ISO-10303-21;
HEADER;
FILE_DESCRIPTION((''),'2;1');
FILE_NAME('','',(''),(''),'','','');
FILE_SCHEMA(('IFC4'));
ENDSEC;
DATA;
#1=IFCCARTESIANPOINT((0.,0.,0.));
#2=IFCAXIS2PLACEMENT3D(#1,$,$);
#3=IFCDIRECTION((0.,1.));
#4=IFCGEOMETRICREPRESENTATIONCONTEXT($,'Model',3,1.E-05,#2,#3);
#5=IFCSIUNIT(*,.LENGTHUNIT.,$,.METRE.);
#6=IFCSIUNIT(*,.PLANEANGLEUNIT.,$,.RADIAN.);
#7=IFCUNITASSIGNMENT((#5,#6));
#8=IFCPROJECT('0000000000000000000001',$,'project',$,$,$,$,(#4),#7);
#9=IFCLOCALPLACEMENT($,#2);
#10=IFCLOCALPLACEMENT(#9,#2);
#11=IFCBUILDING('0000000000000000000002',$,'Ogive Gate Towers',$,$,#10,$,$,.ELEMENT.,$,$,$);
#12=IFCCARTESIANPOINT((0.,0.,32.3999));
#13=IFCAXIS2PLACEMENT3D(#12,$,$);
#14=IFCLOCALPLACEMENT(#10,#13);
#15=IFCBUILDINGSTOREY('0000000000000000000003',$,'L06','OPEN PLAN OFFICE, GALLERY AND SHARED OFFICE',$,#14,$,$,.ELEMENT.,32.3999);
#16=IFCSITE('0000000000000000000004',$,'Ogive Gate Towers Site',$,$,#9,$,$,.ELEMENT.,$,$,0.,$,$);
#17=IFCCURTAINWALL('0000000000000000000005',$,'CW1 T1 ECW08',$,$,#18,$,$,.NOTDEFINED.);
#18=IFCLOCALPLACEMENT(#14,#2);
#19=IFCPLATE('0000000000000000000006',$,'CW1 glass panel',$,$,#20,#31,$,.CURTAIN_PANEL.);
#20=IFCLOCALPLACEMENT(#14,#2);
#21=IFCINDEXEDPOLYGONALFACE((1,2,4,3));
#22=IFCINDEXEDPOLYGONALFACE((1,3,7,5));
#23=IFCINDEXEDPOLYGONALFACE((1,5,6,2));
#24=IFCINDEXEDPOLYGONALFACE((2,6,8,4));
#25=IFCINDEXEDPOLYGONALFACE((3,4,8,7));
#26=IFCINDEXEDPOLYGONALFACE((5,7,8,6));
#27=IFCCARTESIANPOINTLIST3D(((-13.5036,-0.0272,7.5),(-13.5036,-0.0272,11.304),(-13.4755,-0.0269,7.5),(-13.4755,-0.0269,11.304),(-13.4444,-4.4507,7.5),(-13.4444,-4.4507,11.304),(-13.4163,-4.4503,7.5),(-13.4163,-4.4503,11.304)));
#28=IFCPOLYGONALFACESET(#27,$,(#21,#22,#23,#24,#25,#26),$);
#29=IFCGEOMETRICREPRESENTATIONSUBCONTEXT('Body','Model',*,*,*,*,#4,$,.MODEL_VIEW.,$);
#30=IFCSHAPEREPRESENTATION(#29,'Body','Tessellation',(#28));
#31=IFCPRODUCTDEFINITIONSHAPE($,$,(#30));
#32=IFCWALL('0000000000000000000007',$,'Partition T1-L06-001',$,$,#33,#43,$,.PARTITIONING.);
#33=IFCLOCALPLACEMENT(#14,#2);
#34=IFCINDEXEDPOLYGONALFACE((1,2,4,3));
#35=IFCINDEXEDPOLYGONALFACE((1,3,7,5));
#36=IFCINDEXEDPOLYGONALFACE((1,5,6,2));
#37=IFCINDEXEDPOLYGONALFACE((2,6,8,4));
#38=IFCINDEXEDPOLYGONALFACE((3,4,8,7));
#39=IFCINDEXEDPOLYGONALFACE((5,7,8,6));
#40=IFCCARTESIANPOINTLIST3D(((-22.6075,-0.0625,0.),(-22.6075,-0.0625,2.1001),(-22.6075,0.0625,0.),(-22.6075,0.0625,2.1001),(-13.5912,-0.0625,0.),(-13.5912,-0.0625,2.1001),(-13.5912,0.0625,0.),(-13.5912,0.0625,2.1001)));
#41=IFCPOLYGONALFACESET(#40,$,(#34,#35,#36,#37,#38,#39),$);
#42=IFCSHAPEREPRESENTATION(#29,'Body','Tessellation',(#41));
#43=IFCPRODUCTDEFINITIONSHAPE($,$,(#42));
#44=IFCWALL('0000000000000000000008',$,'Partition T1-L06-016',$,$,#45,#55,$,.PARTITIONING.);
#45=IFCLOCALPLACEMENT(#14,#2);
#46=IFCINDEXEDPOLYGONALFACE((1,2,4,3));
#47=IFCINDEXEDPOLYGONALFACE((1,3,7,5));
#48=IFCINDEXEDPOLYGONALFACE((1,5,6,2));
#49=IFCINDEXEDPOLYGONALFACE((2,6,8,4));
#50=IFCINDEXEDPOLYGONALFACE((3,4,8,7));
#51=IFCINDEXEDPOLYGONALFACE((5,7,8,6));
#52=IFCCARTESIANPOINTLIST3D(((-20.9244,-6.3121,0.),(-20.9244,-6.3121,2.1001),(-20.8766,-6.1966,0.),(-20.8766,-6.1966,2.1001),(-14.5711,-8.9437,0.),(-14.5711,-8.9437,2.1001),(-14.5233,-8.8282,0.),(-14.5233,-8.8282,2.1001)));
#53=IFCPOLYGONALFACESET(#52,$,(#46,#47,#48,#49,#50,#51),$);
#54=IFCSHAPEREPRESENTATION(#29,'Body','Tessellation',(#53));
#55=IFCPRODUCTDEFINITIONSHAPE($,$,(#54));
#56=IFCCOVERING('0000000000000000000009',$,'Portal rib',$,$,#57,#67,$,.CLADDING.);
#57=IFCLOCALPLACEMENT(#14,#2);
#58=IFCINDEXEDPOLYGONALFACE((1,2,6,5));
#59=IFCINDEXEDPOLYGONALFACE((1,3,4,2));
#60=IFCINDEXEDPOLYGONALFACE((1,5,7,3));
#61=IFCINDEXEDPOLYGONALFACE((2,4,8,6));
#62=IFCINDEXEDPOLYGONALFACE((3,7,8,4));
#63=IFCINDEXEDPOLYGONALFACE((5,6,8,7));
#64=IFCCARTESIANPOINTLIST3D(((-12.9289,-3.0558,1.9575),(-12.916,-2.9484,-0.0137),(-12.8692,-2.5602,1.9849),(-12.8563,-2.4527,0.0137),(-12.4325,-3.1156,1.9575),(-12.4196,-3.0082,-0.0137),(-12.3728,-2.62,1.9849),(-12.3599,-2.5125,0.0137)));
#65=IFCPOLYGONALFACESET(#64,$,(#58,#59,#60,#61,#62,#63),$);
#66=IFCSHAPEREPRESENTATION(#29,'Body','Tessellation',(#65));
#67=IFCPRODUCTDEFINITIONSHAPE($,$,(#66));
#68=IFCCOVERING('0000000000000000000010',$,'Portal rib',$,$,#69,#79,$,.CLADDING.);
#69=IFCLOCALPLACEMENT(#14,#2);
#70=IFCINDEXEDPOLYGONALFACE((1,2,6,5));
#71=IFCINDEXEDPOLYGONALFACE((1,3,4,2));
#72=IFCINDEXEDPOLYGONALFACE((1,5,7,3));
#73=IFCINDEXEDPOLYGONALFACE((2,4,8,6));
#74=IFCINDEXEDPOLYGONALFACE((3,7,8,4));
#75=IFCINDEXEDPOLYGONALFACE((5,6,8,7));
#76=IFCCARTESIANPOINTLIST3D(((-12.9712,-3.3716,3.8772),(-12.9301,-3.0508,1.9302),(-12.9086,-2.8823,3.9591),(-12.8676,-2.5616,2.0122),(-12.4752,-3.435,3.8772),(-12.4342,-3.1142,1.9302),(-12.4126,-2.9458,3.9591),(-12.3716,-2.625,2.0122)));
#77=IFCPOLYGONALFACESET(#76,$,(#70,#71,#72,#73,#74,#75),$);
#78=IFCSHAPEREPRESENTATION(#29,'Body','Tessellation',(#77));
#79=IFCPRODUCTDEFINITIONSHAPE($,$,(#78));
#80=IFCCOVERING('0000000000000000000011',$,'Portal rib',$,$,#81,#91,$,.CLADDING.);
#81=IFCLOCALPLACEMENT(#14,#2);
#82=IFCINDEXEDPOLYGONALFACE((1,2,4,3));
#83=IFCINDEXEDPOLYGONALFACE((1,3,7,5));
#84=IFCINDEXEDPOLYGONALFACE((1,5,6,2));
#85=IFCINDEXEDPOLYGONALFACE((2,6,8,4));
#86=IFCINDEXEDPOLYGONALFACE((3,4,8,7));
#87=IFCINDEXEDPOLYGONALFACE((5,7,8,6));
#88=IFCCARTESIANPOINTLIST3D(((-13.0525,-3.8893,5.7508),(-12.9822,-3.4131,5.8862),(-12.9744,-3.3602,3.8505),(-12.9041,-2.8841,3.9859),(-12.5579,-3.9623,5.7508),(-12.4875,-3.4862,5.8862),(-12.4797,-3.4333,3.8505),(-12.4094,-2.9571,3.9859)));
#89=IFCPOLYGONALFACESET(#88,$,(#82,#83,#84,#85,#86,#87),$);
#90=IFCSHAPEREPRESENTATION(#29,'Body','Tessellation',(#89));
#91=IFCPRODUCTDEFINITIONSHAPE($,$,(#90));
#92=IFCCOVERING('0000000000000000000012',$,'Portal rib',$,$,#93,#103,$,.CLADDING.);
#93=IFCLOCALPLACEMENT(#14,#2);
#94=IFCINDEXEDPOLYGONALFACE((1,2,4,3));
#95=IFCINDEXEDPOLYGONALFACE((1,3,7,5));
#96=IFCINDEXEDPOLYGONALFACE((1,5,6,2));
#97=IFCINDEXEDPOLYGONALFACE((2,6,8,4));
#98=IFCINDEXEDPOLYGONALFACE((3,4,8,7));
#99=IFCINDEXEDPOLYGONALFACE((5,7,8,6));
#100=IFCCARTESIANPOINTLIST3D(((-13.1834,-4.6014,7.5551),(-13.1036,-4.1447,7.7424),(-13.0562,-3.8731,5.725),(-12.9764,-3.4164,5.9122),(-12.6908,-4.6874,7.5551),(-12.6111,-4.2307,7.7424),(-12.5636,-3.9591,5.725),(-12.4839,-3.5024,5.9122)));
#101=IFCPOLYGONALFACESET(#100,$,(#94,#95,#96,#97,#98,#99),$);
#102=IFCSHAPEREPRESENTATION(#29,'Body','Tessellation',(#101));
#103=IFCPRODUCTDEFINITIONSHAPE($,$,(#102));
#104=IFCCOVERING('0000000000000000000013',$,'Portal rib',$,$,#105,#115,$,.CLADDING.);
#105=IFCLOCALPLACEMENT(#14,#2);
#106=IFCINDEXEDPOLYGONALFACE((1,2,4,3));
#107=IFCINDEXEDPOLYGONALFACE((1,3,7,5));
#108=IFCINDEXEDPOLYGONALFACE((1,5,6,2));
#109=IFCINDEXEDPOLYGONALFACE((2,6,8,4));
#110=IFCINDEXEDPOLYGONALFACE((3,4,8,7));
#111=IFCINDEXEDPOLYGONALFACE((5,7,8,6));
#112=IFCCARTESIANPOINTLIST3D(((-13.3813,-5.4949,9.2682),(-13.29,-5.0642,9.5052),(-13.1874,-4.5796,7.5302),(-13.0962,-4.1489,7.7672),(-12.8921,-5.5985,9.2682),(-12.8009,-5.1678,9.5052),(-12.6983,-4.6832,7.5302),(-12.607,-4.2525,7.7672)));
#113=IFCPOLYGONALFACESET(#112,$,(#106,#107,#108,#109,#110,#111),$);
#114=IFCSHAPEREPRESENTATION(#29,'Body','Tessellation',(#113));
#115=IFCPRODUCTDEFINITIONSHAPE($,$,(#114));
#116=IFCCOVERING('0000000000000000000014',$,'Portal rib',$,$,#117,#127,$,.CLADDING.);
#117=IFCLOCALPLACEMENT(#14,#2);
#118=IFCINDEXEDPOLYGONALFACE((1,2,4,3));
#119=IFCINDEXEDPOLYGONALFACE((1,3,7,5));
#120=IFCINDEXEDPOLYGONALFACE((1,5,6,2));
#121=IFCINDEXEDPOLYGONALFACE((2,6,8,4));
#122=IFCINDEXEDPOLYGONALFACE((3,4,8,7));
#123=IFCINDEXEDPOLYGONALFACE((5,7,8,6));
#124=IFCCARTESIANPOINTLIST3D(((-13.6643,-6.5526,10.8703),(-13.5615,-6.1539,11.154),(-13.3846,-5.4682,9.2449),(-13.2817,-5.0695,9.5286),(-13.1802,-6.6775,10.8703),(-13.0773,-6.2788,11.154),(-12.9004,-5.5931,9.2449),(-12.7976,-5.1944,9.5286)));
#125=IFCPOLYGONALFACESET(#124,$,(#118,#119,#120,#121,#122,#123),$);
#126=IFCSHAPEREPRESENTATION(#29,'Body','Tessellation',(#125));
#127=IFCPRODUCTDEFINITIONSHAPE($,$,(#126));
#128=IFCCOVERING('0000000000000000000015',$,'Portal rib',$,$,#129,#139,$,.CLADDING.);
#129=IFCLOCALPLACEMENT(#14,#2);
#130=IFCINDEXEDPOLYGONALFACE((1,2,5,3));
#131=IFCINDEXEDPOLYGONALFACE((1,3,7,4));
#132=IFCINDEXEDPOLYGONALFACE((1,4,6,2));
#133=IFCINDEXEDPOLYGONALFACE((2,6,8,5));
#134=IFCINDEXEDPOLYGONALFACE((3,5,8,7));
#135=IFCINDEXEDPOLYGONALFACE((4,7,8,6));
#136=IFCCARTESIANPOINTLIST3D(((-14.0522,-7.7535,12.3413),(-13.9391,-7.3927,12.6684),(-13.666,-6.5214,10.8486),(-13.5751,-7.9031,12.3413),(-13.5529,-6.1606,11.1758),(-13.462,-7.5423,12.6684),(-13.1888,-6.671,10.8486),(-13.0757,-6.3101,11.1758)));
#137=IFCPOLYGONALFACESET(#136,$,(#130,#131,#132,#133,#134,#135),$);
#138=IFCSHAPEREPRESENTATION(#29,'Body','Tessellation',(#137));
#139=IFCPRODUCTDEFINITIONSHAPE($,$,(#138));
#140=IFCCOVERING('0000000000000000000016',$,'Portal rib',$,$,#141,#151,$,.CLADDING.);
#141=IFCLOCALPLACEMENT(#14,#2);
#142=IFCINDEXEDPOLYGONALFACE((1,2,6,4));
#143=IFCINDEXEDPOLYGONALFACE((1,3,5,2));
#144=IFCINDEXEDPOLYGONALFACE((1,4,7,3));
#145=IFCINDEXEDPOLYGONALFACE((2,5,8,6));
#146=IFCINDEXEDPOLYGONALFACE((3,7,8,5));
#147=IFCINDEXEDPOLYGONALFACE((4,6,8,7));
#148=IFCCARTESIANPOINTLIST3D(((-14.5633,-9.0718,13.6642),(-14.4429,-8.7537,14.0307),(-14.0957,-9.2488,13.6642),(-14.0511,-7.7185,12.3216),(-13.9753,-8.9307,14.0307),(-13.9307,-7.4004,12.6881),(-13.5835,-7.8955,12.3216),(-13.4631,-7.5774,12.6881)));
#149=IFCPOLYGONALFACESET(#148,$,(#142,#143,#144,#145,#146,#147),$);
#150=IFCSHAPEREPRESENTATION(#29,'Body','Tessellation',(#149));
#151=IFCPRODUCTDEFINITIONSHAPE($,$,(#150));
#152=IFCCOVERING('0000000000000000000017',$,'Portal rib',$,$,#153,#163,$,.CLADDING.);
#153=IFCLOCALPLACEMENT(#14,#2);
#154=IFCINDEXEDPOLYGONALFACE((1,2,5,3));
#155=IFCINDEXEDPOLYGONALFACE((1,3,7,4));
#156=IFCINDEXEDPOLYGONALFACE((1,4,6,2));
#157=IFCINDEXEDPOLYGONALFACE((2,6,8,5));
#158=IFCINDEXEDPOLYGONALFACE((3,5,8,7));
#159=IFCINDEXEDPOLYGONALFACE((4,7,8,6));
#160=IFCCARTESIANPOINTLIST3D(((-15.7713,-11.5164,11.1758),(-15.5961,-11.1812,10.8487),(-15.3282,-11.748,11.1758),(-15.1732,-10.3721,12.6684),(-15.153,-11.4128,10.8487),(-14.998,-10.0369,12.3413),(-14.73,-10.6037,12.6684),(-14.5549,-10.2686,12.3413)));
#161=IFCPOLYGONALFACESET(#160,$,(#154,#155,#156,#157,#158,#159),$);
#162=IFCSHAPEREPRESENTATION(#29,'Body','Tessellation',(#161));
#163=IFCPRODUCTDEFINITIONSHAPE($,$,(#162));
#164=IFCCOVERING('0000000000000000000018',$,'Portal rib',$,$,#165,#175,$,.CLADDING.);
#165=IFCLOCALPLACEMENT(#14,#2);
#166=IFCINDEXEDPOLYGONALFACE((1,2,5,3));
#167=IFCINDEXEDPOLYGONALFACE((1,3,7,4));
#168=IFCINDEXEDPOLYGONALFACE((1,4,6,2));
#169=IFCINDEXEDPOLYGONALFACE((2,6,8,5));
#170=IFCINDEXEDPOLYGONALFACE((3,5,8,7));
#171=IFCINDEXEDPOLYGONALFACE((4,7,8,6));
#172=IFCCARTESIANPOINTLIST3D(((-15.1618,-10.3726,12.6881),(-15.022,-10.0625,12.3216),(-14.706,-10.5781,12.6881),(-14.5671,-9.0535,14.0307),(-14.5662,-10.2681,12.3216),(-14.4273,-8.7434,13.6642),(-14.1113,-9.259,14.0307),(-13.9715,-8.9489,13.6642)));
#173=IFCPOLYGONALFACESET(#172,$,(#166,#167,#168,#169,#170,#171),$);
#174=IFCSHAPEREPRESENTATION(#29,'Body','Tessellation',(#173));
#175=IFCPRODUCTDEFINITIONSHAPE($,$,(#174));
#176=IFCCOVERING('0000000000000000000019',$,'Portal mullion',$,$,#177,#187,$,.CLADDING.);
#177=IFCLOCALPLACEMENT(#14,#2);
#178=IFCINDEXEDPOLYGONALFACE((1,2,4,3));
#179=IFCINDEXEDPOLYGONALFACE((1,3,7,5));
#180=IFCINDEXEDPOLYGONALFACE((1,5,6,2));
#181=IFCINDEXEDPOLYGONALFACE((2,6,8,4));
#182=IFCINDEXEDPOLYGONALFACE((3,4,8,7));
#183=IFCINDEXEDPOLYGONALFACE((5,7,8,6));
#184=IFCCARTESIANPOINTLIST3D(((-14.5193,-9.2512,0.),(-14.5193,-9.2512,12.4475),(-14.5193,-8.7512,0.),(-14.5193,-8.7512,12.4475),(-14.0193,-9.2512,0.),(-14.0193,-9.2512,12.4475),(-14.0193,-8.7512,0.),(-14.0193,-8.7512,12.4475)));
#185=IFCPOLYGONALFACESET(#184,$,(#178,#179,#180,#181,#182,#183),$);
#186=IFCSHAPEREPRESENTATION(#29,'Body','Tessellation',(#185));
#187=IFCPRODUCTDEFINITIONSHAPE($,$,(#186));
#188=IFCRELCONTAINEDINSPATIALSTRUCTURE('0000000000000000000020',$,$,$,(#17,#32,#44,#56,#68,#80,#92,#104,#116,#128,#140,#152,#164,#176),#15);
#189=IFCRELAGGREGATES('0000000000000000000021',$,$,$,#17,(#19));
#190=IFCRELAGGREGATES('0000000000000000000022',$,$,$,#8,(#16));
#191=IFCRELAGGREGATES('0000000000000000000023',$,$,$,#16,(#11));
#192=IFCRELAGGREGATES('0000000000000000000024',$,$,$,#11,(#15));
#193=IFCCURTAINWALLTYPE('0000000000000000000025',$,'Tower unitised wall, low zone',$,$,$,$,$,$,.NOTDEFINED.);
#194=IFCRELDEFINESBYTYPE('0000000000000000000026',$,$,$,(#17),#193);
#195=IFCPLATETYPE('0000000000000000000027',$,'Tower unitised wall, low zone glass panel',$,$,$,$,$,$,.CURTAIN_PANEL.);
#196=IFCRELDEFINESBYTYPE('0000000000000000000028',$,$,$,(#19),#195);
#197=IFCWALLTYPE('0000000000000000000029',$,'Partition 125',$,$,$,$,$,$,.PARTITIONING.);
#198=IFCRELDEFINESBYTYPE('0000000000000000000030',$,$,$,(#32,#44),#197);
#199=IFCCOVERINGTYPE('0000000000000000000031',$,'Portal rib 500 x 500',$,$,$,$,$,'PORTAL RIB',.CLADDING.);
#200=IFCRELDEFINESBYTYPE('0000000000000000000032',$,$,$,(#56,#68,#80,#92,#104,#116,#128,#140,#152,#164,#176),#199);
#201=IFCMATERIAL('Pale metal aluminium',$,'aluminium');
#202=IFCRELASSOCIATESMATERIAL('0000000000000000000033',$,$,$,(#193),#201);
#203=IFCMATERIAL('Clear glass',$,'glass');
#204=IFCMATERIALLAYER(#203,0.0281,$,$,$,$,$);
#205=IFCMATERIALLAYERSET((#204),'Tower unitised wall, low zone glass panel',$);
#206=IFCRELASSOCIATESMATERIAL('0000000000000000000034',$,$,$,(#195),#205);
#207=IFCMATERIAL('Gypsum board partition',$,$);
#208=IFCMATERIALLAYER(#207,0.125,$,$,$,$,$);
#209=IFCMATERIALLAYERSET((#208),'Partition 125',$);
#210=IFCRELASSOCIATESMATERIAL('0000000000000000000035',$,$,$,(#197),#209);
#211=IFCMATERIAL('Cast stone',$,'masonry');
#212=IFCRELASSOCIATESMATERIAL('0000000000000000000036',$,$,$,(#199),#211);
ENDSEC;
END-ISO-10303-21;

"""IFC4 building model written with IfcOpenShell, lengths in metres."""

from ifc_helpers import new_model, si_unit, direction, frame, frame_2d, origin, origin_2d, place, context, subcontext, project, spatial, rectangle, extrude, material, layer, layer_set, material_profile, profile_set, type_object, element, aggregate, save


model = new_model("IFC4")

# Units and contexts
model_context = context("Model", 3, precision=1e-05, world=origin(), true_north=direction((0.0, 1.0)))
body_context = subcontext(model_context, "Body", "Model", "MODEL_VIEW")
ifc_project = project(units=[si_unit("LENGTHUNIT", "METRE"), si_unit("PLANEANGLEUNIT", "RADIAN")], contexts=[model_context])

# Site, building, storey
site_placement = place(None, origin())
site = spatial("IfcSite", under=ifc_project, at=site_placement, Name="Ogive Gate Towers Site", CompositionType="ELEMENT", RefElevation=0.0)
building_placement = place(site_placement, origin())
building = spatial("IfcBuilding", under=site, at=building_placement, Name="Ogive Gate Towers", CompositionType="ELEMENT")
storey_placement = place(building_placement, frame((0.0, 0.0, 32.3999)))
storey = spatial("IfcBuildingStorey", under=building, at=storey_placement, Name="L06", Description="OPEN PLAN OFFICE, GALLERY AND SHARED OFFICE", CompositionType="ELEMENT", Elevation=32.3999)

# Curtain wall, plate
ifc_material_1 = material(Name="Pale metal aluminium", Category="aluminium")
curtain_wall_type = type_object("IfcCurtainWallType", Name="Tower unitised wall, low zone", PredefinedType="NOTDEFINED", material=ifc_material_1)
curtain_wall_placement = place(storey_placement, origin())
curtain_wall = element("IfcCurtainWall", 1, at=curtain_wall_placement, inside=storey, type_object=curtain_wall_type, Name="CW1 T1 ECW08", PredefinedType="NOTDEFINED")
ifc_material_2 = material(Name="Clear glass", Category="glass")
ifc_layer_1 = layer(ifc_material_2, 0.0281)
ifc_layer_set_1 = layer_set([ifc_layer_1], Name="Tower unitised wall, low zone glass panel")
plate_type = type_object("IfcPlateType", Name="Tower unitised wall, low zone glass panel", PredefinedType="CURTAIN_PANEL", material=ifc_layer_set_1)
plate_1_placement = place(storey_placement, frame((-13.46, -2.2388, 7.5), z_axis=(0.0, 0.0, 1.0), x_axis=(-0.013386, 0.99991, 0.0)))
plate_1 = element("IfcPlate", 2, at=plate_1_placement, type_object=plate_type, Name="CW1 glass panel", PredefinedType="CURTAIN_PANEL", context=body_context, shape_type="SweptSolid", body=[
    extrude(rectangle(XDim=4.4238, YDim=0.0281, at=origin_2d()), origin(), (0.0, 0.0, 1.0), 3.804),
])
aggregate(curtain_wall, [plate_1])

# Walls
ifc_material_3 = material(Name="Gypsum board partition")
ifc_layer_2 = layer(ifc_material_3, 0.125)
ifc_layer_set_2 = layer_set([ifc_layer_2], Name="Partition 125")
wall_type = type_object("IfcWallType", Name="Partition 125", PredefinedType="PARTITIONING", material=ifc_layer_set_2)
wall_1_placement = place(storey_placement, frame((-13.5911, 0.0, 0.0), z_axis=(0.0, 0.0, 1.0), x_axis=(-1.0, 0.0, 0.0)))
element("IfcWall", 3, at=wall_1_placement, inside=storey, type_object=wall_type, Name="Partition T1-L06-001", PredefinedType="PARTITIONING", context=body_context, shape_type="SweptSolid", body=[
    extrude(rectangle(XDim=9.0164, YDim=0.125, at=frame_2d((4.5083, 0.0))), origin(), (0.0, 0.0, 1.0), 2.1001),
])
wall_2_placement = place(storey_placement, frame((-14.5471, -8.886, 0.0), z_axis=(0.0, 0.0, 1.0), x_axis=(-0.923881, 0.382681, 0.0)))
element("IfcWall", 4, at=wall_2_placement, inside=storey, type_object=wall_type, Name="Partition T1-L06-016", PredefinedType="PARTITIONING", context=body_context, shape_type="SweptSolid", body=[
    extrude(rectangle(XDim=6.8767, YDim=0.125, at=frame_2d((3.4385, 0.0))), origin(), (0.0, 0.0, 1.0), 2.1001),
])

# Coverings
ifc_material_4 = material(Name="Cast stone", Category="masonry")
ifc_material_profile_1 = material_profile(ifc_material_4, rectangle(XDim=0.5, YDim=0.5, at=origin_2d()), Name="500 x 500 cast stone")
ifc_profile_set_1 = profile_set([ifc_material_profile_1], Name="Cast stone")
covering_type = type_object("IfcCoveringType", Name="Portal rib 500 x 500", ElementType="PORTAL RIB", PredefinedType="CLADDING", material=ifc_profile_set_1)
covering_1_placement = place(storey_placement, frame((-12.6379, -2.7305, 0.0), z_axis=(-0.006554, -0.054414, 0.998497), x_axis=(0.992823, -0.11959, 0.0)))
element("IfcCovering", 5, at=covering_1_placement, inside=storey, type_object=covering_type, Name="Portal rib", PredefinedType="CLADDING", context=body_context, shape_type="SweptSolid", body=[
    extrude(rectangle(XDim=0.5, YDim=0.5, at=origin_2d()), origin(), (0.0, 0.0, 1.0), 1.9741),
])
covering_2_placement = place(storey_placement, frame((-12.6509, -2.8379, 1.9712), z_axis=(-0.020781, -0.162538, 0.986483), x_axis=(0.991926, -0.126822, 0.0)))
element("IfcCovering", 6, at=covering_2_placement, inside=storey, type_object=covering_type, Name="Portal rib", PredefinedType="CLADDING", context=body_context, shape_type="SweptSolid", body=[
    extrude(rectangle(XDim=0.5, YDim=0.5, at=origin_2d()), origin(), (0.0, 0.0, 1.0), 1.9736),
])
covering_3_placement = place(storey_placement, frame((-12.6919, -3.1587, 3.9182), z_axis=(-0.039573, -0.267983, 0.962611), x_axis=(0.989272, -0.146085, 0.0)))
element("IfcCovering", 7, at=covering_3_placement, inside=storey, type_object=covering_type, Name="Portal rib", PredefinedType="CLADDING", context=body_context, shape_type="SweptSolid", body=[
    extrude(rectangle(XDim=0.5, YDim=0.5, at=origin_2d()), origin(), (0.0, 0.0, 1.0), 1.9741),
])
for number, where, z_axis, x_axis, name in (
    (8, (-12.77, -3.6877, 5.8186), (-0.064444, -0.368976, 0.927202), (0.985088, -0.172052, 0.0), "Portal rib"),
    (9, (-12.8972, -4.416, 7.6487), (-0.098208, -0.463704, 0.88053), (0.9783, -0.207194, 0.0), "Portal rib"),
    (10, (-13.0911, -5.3313, 9.3867), (-0.141737, -0.549386, 0.82346), (0.968294, -0.249812, 0.0), "Portal rib"),
):
    element("IfcCovering", number, at=place(storey_placement, frame(where, z_axis=z_axis, x_axis=x_axis)), inside=storey, type_object=covering_type, Name=name, PredefinedType="CLADDING", context=body_context, shape_type="SweptSolid", body=[
        extrude(rectangle(XDim=0.5, YDim=0.5, at=origin_2d()), origin(), (0.0, 0.0, 1.0), 1.9739),
    ])
covering_4_placement = place(storey_placement, frame((-13.3708, -6.4158, 11.0122), z_axis=(-0.195688, -0.624296, 0.756281), x_axis=(0.954221, -0.299104, 0.0)))
element("IfcCovering", 11, at=covering_4_placement, inside=storey, type_object=covering_type, Name="Portal rib", PredefinedType="CLADDING", context=body_context, shape_type="SweptSolid", body=[
    extrude(rectangle(XDim=0.5, YDim=0.5, at=origin_2d()), origin(), (0.0, 0.0, 1.0), 1.9736),
])
covering_5_placement = place(storey_placement, frame((-13.7571, -7.6479, 12.5049), z_axis=(-0.259496, -0.6856, 0.680158), x_axis=(0.93525, -0.353988, 0.0)))
element("IfcCovering", 12, at=covering_5_placement, inside=storey, type_object=covering_type, Name="Portal rib", PredefinedType="CLADDING", context=body_context, shape_type="SweptSolid", body=[
    extrude(rectangle(XDim=0.5, YDim=0.5, at=origin_2d()), origin(), (0.0, 0.0, 1.0), 1.9739),
])
covering_6_placement = place(storey_placement, frame((-15.4622, -11.4646, 11.0122), z_axis=(0.303067, 0.579785, 0.756306), x_axis=(-0.886227, 0.463251, 0.0)))
element("IfcCovering", 13, at=covering_6_placement, inside=storey, type_object=covering_type, Name="Portal rib", PredefinedType="CLADDING", context=body_context, shape_type="SweptSolid", body=[
    extrude(rectangle(XDim=0.5, YDim=0.5, at=origin_2d()), origin(), (0.0, 0.0, 1.0), 1.9736),
])
covering_7_placement = place(storey_placement, frame((-14.864, -10.3203, 12.5049), z_axis=(0.301303, 0.668283, 0.680157), x_axis=(-0.911628, 0.411017, 0.0)))
element("IfcCovering", 14, at=covering_7_placement, inside=storey, type_object=covering_type, Name="Portal rib", PredefinedType="CLADDING", context=body_context, shape_type="SweptSolid", body=[
    extrude(rectangle(XDim=0.5, YDim=0.5, at=origin_2d()), origin(), (0.0, 0.0, 1.0), 1.9739),
])
covering_8_placement = place(storey_placement, frame((-14.2693, -9.0012, 0.0), z_axis=(0.0, 0.0, 1.0), x_axis=(1.0, 0.0, 0.0)))
element("IfcCovering", 15, at=covering_8_placement, inside=storey, type_object=covering_type, Name="Portal mullion", PredefinedType="CLADDING", context=body_context, shape_type="SweptSolid", body=[
    extrude(rectangle(XDim=0.5, YDim=0.5, at=origin_2d()), origin(), (0.0, 0.0, 1.0), 12.4475),
])

save(model, "model.ifc")
